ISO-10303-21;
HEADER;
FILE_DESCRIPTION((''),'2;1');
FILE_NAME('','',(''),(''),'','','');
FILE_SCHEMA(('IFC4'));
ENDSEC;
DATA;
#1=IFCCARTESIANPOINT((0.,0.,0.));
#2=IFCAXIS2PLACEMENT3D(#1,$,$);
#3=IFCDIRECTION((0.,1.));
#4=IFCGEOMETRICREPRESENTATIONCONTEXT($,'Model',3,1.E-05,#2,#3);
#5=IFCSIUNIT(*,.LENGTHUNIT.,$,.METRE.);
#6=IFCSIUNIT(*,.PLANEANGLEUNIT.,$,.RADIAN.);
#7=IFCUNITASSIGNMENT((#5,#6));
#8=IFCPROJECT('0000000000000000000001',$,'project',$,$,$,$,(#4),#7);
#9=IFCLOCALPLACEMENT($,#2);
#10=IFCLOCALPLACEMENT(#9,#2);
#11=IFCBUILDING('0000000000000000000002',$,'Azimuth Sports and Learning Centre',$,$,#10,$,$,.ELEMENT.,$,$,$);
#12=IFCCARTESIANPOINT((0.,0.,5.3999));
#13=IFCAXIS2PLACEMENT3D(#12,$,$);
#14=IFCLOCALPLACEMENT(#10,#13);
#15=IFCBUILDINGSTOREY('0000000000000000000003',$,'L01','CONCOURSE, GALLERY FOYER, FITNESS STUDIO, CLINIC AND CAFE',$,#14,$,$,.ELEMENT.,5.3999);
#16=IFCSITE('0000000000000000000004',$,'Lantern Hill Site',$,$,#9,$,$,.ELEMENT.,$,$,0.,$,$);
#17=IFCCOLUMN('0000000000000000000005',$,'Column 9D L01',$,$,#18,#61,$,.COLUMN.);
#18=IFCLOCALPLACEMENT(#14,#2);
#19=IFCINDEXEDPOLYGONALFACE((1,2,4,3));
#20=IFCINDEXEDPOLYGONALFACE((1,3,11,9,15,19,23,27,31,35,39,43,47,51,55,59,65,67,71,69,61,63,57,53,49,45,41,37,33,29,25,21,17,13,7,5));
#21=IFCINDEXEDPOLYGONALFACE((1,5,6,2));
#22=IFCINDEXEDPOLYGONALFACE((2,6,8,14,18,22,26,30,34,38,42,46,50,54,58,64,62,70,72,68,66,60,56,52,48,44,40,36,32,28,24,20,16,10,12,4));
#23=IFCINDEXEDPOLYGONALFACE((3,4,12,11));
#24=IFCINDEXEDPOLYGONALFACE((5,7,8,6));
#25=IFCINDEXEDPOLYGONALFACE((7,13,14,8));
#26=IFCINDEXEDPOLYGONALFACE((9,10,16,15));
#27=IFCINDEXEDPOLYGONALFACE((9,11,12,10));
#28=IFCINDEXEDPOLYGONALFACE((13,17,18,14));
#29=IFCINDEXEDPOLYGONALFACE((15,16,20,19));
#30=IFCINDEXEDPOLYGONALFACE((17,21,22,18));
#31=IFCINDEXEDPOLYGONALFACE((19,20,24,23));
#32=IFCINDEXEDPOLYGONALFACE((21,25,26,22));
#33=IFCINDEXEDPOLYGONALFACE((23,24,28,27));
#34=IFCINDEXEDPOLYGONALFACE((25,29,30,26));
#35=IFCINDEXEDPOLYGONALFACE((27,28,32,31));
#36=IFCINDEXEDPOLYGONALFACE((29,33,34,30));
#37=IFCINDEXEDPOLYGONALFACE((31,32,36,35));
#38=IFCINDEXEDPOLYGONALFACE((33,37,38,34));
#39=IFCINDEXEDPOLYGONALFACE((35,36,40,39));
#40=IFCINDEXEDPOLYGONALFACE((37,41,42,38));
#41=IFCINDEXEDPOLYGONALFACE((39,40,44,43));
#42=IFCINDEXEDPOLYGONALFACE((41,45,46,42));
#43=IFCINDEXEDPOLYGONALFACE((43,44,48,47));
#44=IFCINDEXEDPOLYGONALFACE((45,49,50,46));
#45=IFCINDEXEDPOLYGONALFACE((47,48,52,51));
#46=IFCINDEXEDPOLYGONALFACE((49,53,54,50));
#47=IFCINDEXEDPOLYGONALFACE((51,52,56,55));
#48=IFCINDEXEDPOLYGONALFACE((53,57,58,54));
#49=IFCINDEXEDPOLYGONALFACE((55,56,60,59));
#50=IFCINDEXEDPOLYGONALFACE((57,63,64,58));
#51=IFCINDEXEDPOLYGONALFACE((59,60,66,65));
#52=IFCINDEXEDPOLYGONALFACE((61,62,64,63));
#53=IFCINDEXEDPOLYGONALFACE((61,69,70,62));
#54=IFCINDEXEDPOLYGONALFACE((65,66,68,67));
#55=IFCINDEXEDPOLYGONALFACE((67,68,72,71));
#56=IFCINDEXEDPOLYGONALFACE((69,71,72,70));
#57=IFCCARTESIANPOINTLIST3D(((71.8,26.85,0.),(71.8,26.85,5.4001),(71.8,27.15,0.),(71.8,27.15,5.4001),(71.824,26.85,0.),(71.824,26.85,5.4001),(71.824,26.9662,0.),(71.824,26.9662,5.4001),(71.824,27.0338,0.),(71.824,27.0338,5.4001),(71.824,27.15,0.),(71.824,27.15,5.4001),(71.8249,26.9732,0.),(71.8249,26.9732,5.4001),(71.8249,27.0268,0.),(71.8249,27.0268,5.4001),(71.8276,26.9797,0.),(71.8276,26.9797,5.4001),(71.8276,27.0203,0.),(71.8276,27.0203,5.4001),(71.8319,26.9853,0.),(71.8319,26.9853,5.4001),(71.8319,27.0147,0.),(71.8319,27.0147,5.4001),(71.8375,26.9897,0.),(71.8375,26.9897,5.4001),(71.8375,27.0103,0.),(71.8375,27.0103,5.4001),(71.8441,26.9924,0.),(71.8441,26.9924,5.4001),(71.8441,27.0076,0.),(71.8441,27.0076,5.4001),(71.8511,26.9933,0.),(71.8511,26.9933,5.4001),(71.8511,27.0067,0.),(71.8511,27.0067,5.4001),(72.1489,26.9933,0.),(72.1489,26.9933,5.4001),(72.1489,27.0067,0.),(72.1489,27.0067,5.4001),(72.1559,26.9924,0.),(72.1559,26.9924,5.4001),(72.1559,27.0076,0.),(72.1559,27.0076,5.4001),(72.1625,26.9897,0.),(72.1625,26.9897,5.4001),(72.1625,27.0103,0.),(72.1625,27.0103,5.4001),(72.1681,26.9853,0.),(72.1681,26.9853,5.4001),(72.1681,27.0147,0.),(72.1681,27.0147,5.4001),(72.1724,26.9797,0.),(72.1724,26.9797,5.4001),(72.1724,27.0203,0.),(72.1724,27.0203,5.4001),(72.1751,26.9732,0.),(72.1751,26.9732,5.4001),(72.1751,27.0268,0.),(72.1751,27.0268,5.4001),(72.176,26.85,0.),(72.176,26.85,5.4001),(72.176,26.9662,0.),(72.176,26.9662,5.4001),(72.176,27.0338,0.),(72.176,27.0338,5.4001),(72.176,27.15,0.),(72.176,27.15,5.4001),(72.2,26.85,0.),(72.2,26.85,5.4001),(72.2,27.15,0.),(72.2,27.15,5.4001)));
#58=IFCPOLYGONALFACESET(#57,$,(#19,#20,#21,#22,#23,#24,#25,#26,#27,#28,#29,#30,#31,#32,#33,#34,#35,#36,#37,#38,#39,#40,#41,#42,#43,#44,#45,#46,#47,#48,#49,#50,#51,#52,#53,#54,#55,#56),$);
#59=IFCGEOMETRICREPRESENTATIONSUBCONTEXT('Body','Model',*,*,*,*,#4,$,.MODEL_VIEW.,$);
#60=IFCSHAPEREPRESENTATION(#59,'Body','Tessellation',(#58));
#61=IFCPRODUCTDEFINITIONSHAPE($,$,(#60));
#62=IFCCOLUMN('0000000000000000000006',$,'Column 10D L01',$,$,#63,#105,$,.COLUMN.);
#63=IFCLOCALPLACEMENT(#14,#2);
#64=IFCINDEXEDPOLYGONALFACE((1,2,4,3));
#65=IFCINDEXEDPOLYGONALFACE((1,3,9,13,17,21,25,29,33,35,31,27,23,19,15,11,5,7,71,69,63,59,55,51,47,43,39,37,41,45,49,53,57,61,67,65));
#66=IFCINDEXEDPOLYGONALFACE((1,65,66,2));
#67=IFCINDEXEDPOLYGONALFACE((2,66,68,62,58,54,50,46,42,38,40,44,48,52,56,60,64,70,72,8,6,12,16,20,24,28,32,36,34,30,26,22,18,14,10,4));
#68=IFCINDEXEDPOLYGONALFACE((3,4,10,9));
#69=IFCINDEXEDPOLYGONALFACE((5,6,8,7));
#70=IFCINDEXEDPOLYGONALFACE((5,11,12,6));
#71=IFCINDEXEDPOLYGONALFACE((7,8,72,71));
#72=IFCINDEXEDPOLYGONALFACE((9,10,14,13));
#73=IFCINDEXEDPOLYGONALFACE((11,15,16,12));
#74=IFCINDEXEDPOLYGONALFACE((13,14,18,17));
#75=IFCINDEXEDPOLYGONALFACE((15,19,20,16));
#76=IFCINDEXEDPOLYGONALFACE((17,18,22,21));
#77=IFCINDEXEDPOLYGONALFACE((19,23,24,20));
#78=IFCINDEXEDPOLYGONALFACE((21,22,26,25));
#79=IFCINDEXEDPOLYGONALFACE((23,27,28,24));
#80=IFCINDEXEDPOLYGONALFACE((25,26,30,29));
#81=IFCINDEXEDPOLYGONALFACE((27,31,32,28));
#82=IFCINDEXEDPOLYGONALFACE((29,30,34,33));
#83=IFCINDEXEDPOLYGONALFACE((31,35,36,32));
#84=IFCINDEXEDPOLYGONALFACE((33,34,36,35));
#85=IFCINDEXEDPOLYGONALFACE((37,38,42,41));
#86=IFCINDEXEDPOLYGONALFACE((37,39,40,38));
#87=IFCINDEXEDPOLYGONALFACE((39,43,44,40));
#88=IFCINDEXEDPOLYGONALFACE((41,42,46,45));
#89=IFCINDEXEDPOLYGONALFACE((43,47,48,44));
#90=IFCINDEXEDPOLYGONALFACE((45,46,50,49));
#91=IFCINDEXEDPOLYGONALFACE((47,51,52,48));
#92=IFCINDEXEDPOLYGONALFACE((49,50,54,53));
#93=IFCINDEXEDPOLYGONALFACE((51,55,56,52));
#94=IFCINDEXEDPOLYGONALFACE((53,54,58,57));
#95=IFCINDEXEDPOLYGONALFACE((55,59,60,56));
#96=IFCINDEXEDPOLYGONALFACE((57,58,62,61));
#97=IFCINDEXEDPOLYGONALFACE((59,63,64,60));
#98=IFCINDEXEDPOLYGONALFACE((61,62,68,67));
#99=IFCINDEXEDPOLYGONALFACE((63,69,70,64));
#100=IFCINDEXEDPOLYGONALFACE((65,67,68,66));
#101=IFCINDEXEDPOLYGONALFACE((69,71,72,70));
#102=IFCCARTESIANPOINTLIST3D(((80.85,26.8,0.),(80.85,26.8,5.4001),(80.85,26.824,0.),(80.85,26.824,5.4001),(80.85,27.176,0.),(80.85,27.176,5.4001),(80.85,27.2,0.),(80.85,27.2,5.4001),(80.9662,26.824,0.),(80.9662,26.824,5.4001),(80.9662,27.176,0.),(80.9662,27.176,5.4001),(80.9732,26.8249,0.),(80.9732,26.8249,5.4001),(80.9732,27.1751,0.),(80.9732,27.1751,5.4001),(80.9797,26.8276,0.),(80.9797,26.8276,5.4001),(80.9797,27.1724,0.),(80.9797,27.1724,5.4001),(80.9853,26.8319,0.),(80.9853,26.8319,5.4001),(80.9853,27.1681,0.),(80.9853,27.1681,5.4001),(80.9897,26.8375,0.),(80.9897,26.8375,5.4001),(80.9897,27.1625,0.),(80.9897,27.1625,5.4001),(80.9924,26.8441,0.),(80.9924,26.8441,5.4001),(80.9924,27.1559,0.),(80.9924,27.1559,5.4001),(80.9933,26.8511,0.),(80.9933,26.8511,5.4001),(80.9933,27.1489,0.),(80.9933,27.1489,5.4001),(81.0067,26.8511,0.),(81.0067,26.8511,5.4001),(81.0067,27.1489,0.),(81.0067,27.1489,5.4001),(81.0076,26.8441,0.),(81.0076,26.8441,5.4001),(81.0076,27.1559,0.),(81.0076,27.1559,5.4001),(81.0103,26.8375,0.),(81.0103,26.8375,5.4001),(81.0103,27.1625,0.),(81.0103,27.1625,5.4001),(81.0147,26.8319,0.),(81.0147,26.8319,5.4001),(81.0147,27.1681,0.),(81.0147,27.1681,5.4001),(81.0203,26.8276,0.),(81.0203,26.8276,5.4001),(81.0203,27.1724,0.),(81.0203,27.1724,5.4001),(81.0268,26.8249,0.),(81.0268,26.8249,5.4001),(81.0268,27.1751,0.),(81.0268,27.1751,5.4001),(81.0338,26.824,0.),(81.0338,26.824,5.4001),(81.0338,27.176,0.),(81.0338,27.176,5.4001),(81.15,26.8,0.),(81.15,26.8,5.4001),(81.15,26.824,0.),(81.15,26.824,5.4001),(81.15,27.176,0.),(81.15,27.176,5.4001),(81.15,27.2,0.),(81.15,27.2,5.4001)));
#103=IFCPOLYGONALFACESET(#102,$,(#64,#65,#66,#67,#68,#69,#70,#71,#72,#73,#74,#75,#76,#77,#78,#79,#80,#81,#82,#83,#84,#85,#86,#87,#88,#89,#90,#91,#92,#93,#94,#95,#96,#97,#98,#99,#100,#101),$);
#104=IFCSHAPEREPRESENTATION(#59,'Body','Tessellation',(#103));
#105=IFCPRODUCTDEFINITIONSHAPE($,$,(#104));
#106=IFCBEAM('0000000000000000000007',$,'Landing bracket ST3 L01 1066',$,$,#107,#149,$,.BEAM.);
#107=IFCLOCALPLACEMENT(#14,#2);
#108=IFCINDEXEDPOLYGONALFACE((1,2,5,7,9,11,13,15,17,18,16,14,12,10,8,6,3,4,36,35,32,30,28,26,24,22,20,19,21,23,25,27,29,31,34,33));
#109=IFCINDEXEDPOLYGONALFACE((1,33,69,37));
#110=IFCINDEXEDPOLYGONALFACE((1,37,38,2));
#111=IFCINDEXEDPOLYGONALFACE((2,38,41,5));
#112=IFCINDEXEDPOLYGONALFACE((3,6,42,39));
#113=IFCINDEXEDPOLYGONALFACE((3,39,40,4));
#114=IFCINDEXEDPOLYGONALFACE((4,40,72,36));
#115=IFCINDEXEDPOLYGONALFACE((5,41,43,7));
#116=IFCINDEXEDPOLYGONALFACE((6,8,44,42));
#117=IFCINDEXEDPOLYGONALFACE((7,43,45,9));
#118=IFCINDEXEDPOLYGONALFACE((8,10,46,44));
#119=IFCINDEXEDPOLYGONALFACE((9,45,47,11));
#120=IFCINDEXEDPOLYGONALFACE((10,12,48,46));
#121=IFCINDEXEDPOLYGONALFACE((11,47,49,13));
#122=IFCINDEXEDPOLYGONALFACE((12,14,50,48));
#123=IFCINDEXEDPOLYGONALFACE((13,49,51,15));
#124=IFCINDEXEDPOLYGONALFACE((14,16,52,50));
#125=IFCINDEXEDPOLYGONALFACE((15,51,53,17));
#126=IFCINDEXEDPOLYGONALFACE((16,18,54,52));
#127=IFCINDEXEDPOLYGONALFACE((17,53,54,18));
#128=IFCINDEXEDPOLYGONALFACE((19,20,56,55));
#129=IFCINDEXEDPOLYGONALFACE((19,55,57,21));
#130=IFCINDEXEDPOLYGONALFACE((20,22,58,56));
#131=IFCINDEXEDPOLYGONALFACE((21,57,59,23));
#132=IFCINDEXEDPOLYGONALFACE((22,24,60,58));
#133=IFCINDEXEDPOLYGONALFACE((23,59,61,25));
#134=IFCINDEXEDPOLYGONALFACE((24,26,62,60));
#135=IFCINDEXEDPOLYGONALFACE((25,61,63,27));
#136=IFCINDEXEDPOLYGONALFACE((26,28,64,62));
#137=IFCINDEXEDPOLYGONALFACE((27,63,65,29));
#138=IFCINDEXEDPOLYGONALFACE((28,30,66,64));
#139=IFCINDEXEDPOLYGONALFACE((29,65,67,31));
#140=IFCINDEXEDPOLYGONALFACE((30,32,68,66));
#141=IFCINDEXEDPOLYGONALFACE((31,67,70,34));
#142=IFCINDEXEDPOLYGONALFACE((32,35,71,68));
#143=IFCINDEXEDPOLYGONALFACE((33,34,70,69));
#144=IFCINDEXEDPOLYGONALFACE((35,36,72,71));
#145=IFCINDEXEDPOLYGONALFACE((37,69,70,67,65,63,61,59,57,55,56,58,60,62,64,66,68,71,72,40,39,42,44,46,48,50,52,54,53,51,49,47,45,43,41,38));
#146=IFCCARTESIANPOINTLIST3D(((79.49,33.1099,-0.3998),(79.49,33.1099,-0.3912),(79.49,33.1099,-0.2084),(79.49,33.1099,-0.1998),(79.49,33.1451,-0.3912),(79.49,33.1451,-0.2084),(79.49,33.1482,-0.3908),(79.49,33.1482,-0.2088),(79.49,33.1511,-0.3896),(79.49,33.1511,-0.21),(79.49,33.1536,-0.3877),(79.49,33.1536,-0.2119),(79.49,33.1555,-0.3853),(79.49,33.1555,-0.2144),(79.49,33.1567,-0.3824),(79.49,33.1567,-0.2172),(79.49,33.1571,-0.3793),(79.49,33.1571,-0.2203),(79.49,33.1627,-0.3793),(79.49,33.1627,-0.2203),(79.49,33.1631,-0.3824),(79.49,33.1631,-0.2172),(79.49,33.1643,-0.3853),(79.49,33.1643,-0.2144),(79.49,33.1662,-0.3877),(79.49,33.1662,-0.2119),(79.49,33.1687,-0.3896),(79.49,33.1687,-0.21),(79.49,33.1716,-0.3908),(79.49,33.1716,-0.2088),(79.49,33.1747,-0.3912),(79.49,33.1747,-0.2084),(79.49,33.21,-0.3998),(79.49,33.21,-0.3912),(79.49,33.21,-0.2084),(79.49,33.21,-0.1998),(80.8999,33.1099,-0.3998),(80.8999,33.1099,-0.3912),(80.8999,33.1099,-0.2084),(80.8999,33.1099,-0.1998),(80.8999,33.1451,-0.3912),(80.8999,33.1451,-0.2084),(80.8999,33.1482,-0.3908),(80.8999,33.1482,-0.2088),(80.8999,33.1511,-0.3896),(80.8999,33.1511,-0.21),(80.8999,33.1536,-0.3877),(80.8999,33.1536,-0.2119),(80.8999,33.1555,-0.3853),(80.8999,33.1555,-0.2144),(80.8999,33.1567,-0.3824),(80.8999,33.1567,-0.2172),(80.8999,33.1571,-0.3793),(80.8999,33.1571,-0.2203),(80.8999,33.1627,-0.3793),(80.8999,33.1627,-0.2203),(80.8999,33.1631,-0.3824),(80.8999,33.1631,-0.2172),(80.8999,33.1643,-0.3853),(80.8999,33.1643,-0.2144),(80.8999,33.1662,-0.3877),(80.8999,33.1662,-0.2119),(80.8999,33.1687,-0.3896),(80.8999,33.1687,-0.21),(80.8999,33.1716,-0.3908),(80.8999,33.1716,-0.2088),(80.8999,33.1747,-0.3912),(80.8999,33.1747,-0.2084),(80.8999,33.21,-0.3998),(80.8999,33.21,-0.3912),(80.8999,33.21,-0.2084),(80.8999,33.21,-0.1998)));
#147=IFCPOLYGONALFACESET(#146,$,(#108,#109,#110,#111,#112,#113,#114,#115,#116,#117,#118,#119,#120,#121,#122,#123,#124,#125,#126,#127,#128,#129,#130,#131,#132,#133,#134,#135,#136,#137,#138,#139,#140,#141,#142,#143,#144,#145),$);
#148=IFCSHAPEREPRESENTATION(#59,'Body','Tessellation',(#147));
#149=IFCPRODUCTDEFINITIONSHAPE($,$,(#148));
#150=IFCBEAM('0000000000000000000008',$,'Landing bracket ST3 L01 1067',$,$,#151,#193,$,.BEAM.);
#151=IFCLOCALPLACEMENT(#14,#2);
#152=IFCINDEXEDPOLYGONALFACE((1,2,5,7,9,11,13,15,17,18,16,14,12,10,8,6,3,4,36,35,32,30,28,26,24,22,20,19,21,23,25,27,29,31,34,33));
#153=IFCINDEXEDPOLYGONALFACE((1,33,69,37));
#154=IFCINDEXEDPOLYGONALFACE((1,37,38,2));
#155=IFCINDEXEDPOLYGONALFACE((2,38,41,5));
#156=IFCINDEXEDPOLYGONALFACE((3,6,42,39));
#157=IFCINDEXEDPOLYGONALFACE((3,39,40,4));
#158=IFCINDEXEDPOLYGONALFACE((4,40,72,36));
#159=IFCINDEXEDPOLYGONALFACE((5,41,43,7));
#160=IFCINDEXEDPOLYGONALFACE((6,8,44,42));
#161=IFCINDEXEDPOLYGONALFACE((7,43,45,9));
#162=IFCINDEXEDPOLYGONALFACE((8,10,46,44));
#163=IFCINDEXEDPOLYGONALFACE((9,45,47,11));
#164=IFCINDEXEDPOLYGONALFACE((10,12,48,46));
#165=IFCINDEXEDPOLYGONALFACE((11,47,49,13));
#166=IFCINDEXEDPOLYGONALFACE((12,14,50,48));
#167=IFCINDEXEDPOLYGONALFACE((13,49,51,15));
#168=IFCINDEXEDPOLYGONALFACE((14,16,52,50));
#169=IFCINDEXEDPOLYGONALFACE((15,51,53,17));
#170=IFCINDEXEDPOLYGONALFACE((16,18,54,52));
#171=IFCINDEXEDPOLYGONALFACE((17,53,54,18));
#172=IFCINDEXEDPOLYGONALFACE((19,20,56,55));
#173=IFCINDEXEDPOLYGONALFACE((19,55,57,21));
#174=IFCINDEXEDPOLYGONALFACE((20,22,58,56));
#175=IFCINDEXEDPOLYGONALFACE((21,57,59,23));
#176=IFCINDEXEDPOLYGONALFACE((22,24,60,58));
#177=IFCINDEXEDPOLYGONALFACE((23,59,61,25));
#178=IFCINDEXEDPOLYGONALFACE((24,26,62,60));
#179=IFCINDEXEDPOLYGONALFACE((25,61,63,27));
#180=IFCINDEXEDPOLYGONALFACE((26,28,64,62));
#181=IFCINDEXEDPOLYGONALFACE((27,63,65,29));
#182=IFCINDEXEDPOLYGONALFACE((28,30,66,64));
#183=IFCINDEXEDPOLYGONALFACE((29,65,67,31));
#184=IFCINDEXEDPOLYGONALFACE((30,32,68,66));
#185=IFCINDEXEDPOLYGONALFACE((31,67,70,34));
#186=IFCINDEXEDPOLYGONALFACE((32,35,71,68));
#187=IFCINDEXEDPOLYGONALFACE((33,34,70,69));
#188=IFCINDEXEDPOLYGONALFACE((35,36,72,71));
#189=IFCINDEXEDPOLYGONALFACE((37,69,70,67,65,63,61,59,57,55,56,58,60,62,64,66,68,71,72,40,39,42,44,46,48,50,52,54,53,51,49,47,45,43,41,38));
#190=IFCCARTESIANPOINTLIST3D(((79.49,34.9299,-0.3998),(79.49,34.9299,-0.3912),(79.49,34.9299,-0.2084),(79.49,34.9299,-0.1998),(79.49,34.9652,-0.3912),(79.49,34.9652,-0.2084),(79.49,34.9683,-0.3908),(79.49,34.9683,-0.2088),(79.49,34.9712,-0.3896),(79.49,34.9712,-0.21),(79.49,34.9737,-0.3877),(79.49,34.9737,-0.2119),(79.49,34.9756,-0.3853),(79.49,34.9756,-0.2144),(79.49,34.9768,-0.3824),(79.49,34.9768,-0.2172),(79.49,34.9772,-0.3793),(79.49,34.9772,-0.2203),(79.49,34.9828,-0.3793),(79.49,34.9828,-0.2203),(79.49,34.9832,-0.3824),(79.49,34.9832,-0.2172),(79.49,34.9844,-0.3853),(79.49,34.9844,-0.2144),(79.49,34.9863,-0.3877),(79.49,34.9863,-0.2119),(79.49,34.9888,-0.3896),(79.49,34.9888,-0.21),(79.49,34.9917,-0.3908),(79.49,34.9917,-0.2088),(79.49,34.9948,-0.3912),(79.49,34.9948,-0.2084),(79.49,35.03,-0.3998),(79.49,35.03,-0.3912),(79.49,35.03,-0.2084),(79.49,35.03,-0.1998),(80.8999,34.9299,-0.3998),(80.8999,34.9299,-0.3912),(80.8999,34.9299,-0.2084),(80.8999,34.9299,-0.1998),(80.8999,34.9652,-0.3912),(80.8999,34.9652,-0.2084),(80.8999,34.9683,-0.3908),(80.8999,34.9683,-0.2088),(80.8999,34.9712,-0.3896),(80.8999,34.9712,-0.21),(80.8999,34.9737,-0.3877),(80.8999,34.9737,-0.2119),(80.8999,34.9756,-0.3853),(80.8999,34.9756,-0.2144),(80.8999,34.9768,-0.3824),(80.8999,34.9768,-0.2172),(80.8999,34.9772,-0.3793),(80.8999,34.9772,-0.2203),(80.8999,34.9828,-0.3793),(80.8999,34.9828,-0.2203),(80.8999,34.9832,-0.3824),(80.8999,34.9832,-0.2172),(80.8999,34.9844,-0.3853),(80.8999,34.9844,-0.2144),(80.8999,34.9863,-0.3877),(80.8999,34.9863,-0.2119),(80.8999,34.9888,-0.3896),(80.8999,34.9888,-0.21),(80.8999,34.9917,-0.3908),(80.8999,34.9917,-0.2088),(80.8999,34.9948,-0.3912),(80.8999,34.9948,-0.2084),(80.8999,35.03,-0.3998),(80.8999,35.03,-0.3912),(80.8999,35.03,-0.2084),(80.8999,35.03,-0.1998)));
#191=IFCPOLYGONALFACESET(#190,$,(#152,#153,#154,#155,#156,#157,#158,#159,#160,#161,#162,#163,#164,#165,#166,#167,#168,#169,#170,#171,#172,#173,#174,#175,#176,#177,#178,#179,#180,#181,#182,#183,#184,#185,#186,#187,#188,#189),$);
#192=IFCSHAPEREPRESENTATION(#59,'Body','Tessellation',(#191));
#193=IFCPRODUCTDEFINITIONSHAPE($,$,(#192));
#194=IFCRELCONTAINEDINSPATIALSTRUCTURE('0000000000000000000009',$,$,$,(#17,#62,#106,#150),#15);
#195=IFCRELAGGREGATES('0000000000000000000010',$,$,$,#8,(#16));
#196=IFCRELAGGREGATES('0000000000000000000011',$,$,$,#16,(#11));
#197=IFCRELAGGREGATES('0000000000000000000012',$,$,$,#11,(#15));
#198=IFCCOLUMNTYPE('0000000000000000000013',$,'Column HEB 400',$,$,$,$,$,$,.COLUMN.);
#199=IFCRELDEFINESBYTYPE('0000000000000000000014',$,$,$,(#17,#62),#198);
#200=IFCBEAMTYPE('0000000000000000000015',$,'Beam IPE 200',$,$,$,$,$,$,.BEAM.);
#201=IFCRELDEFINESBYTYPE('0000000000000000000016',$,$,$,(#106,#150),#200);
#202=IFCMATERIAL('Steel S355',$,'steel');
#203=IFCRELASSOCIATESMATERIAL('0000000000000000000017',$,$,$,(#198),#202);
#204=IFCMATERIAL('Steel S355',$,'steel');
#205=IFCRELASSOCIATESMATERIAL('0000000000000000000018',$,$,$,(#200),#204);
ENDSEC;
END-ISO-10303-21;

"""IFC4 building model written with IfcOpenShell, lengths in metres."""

from ifc_helpers import new_model, si_unit, direction, frame, origin, origin_2d, place, context, subcontext, project, spatial, i_section, extrude, material, material_profile, profile_set, type_object, element, save


model = new_model("IFC4")

# Units and contexts
model_context = context("Model", 3, precision=1e-05, world=origin(), true_north=direction((0.0, 1.0)))
body_context = subcontext(model_context, "Body", "Model", "MODEL_VIEW")
ifc_project = project(units=[si_unit("LENGTHUNIT", "METRE"), si_unit("PLANEANGLEUNIT", "RADIAN")], contexts=[model_context])

# Site, building, storey
site_placement = place(None, origin())
site = spatial("IfcSite", under=ifc_project, at=site_placement, Name="Lantern Hill Site", CompositionType="ELEMENT", RefElevation=0.0)
building_placement = place(site_placement, origin())
building = spatial("IfcBuilding", under=site, at=building_placement, Name="Azimuth Sports and Learning Centre", CompositionType="ELEMENT")
storey_placement = place(building_placement, frame((0.0, 0.0, 5.3999)))
storey = spatial("IfcBuildingStorey", under=building, at=storey_placement, Name="L01", Description="CONCOURSE, GALLERY FOYER, FITNESS STUDIO, CLINIC AND CAFE", CompositionType="ELEMENT", Elevation=5.3999)

# Columns
ifc_material_1 = material(Name="Steel S355", Category="steel")
ifc_material_profile_1 = material_profile(ifc_material_1, i_section(OverallWidth=0.3, OverallDepth=0.3999, WebThickness=0.0134, FlangeThickness=0.0239, FilletRadius=0.0271, at=origin_2d()), Name="HEB 400")
ifc_profile_set_1 = profile_set([ifc_material_profile_1], Name="Steel S355")
column_type = type_object("IfcColumnType", Name="Column HEB 400", PredefinedType="COLUMN", material=ifc_profile_set_1)
for number, where, z_axis, x_axis, name in (
    (1, (72.0, 27.0, 0.0), (0.0, 0.0, 1.0), (0.0, 1.0, 0.0), "Column 9D L01"),
    (2, (81.0, 27.0, 0.0), (0.0, 0.0, 1.0), (1.0, 0.0, 0.0), "Column 10D L01"),
):
    element("IfcColumn", number, at=place(storey_placement, frame(where, z_axis=z_axis, x_axis=x_axis)), inside=storey, type_object=column_type, Name=name, PredefinedType="COLUMN", context=body_context, shape_type="SweptSolid", body=[
        extrude(i_section(OverallWidth=0.3, OverallDepth=0.3999, WebThickness=0.0134, FlangeThickness=0.0239, FilletRadius=0.0271, at=origin_2d()), origin(), (0.0, 0.0, 1.0), 5.4001),
    ])

# Beams
ifc_material_2 = material(Name="Steel S355", Category="steel")
ifc_material_profile_2 = material_profile(ifc_material_2, i_section(OverallWidth=0.1001, OverallDepth=0.2, WebThickness=0.0056, FlangeThickness=0.0085, FilletRadius=0.012, at=origin_2d()), Name="IPE 200")
ifc_profile_set_2 = profile_set([ifc_material_profile_2], Name="Steel S355")
beam_type = type_object("IfcBeamType", Name="Beam IPE 200", PredefinedType="BEAM", material=ifc_profile_set_2)
for number, where, z_axis, x_axis, name in (
    (3, (80.8999, 33.1599, -0.2998), (-1.0, 0.0, 0.0), (0.0, -1.0, 0.0), "Landing bracket ST3 L01 1066"),
    (4, (80.8999, 34.98, -0.2998), (-1.0, 0.0, 0.0), (0.0, -1.0, 0.0), "Landing bracket ST3 L01 1067"),
):
    element("IfcBeam", number, at=place(storey_placement, frame(where, z_axis=z_axis, x_axis=x_axis)), inside=storey, type_object=beam_type, Name=name, PredefinedType="BEAM", context=body_context, shape_type="SweptSolid", body=[
        extrude(i_section(OverallWidth=0.1001, OverallDepth=0.2, WebThickness=0.0056, FlangeThickness=0.0085, FilletRadius=0.012, at=origin_2d()), origin(), (0.0, 0.0, 1.0), 1.4099),
    ])

save(model, "model.ifc")
